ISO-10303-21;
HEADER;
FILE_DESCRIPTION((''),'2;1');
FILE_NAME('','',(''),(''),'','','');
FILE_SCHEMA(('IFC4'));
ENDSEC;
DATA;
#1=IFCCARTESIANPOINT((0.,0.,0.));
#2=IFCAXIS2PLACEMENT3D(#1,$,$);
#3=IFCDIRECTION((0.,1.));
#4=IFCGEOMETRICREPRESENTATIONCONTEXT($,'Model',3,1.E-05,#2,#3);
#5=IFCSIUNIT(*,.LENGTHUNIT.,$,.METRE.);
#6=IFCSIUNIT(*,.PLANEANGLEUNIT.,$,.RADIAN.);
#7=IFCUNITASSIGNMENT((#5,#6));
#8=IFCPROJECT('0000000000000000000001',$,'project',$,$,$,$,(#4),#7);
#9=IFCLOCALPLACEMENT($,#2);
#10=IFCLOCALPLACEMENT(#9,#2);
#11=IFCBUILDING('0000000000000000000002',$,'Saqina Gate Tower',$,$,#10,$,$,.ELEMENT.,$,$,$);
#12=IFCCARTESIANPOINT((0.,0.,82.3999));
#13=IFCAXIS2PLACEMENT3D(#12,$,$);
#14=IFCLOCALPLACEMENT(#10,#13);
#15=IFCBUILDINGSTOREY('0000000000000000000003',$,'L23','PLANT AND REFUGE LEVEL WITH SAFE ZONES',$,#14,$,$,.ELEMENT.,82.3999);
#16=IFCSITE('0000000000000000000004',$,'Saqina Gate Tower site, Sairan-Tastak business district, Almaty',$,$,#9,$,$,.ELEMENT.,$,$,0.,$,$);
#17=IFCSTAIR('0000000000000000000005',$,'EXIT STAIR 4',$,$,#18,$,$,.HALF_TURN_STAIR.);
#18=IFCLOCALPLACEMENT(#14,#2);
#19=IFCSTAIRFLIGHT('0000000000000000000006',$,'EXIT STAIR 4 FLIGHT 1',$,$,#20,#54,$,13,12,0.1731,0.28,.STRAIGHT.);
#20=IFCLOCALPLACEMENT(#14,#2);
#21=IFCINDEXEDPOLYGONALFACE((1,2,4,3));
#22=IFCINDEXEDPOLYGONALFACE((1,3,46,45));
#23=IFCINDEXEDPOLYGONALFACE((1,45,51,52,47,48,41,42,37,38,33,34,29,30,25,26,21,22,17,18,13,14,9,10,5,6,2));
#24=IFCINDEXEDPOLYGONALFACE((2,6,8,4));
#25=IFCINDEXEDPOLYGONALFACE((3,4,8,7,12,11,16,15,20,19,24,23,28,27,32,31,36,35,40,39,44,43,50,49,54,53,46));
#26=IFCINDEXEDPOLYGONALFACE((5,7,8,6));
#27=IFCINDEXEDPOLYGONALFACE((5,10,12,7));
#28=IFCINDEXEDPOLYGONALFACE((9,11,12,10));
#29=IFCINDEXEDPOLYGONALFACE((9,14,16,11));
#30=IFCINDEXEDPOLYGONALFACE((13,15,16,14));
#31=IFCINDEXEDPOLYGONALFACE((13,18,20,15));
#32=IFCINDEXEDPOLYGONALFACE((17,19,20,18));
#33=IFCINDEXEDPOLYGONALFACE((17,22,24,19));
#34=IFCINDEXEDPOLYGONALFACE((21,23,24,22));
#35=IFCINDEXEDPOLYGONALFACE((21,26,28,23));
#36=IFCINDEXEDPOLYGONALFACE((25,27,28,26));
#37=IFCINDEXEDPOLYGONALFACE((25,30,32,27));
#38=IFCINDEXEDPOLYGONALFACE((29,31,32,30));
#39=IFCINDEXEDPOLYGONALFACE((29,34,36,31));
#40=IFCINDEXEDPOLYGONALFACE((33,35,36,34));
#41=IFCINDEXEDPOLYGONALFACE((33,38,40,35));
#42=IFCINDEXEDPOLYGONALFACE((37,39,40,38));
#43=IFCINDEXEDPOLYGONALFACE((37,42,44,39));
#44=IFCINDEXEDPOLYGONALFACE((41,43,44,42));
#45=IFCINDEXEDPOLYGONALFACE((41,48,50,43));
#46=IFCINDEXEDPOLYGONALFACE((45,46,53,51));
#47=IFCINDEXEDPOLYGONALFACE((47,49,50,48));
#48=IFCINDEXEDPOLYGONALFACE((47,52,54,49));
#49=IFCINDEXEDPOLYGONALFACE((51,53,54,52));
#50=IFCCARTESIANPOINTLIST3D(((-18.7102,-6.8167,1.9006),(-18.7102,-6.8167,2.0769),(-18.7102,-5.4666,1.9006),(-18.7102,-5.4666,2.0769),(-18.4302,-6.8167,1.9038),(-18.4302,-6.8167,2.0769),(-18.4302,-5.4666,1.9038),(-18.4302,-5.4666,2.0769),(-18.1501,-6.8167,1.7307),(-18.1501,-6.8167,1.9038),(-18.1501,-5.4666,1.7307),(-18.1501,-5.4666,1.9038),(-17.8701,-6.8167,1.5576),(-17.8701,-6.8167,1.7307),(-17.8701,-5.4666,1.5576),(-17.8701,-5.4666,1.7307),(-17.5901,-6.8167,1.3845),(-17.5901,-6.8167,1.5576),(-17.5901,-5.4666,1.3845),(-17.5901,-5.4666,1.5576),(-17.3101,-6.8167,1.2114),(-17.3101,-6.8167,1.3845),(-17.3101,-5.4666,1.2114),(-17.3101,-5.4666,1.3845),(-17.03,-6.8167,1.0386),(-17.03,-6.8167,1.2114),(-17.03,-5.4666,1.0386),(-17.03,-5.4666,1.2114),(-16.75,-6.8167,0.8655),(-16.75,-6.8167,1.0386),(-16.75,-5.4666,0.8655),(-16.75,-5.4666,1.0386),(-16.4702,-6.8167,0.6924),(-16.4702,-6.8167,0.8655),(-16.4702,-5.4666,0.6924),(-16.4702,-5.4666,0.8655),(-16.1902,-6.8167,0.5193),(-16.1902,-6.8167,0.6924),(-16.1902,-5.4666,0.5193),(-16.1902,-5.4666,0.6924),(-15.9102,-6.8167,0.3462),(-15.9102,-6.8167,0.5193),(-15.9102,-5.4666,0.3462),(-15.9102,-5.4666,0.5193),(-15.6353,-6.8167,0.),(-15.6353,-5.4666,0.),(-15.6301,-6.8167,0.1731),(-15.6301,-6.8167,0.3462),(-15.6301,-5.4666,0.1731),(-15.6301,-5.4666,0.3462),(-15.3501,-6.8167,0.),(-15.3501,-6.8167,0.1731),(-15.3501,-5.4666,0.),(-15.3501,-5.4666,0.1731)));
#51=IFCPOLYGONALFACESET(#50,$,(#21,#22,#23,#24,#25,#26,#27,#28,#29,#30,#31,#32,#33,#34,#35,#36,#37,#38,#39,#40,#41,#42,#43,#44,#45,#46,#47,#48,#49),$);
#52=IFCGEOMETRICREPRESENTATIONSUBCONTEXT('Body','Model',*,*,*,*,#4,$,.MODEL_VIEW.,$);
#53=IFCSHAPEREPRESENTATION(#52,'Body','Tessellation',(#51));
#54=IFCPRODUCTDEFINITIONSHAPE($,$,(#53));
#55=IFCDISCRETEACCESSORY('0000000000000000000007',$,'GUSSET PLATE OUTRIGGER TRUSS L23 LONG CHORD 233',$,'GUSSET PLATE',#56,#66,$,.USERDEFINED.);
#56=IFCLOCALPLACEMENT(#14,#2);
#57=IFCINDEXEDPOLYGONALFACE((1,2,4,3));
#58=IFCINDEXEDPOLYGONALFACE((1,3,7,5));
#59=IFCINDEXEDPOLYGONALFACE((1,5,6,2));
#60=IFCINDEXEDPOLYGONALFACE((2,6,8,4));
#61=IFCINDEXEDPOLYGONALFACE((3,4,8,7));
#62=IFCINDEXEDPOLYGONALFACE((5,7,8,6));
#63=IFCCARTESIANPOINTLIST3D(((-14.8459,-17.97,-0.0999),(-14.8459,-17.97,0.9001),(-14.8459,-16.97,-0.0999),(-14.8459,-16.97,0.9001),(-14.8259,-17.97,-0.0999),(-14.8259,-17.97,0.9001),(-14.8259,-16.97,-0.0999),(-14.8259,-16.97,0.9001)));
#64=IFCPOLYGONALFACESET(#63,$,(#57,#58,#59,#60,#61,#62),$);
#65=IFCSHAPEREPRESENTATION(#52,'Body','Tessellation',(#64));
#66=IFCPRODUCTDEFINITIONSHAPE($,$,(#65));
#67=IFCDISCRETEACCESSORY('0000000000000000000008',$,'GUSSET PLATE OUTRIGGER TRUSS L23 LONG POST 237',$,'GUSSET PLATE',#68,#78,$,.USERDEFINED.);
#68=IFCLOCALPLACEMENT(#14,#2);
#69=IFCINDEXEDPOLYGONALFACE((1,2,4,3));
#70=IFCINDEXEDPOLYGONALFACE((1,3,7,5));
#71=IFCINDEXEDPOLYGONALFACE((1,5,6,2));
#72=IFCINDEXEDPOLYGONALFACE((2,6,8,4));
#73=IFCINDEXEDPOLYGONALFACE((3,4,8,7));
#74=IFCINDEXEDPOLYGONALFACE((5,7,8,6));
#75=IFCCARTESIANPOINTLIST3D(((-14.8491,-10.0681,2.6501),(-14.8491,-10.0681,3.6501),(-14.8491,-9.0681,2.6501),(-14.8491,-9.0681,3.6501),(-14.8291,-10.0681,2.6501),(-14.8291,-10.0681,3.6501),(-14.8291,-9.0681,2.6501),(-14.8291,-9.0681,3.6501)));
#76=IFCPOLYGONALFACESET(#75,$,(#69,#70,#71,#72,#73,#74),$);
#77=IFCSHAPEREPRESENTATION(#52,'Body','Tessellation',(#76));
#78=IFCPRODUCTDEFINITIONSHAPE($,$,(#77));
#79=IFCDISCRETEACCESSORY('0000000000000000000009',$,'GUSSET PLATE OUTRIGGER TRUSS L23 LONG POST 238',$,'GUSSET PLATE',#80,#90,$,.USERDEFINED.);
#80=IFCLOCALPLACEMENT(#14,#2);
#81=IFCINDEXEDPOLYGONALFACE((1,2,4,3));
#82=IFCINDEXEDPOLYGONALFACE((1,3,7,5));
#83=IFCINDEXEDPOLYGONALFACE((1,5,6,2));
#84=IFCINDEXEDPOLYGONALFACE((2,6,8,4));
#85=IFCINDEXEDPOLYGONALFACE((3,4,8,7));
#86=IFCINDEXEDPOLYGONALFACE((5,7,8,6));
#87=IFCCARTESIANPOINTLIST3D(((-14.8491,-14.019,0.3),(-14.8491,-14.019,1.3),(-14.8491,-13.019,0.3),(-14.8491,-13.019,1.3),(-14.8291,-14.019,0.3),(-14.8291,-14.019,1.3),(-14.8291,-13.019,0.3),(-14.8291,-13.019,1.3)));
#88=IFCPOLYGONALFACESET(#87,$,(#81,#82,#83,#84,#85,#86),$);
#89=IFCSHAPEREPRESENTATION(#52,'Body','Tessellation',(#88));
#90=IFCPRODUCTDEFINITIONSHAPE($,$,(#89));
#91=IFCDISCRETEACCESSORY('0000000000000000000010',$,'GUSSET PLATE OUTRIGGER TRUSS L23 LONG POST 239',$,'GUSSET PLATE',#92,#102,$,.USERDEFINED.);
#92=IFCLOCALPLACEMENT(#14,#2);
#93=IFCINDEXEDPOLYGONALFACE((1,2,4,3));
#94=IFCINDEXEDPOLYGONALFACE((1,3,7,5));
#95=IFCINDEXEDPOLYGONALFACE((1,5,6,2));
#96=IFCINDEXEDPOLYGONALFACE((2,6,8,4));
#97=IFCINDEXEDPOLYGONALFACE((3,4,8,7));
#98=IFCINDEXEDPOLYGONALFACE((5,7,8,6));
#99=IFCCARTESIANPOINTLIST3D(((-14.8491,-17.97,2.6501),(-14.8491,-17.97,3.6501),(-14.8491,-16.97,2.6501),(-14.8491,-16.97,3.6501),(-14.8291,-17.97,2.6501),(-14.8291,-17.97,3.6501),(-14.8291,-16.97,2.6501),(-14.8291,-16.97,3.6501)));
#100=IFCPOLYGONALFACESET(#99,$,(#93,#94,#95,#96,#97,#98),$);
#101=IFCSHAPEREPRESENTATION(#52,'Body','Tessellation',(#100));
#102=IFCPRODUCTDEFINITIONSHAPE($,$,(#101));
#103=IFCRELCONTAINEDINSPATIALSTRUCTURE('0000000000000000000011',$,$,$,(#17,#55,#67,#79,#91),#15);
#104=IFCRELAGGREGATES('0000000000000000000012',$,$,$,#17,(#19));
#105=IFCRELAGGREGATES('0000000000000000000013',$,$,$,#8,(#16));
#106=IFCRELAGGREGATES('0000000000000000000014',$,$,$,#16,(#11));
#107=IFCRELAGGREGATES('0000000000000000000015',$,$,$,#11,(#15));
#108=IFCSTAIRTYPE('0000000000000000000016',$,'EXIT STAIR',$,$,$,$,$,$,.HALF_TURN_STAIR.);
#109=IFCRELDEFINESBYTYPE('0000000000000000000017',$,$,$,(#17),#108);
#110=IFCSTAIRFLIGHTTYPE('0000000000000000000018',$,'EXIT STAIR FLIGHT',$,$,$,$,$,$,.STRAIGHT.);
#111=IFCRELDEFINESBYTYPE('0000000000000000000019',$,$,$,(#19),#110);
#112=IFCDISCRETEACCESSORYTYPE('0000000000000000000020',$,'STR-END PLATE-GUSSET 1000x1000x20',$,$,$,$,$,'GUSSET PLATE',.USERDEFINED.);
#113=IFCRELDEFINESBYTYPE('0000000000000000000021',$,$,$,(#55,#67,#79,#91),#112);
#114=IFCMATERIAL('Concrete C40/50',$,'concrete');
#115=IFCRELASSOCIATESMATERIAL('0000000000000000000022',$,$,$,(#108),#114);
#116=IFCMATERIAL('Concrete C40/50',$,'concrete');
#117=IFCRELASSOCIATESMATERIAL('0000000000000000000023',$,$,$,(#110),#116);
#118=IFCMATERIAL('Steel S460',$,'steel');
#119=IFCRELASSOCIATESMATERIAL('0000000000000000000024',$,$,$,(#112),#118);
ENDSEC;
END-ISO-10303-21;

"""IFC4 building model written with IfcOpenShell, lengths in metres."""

from ifc_helpers import new_model, si_unit, direction, frame, origin, origin_2d, place, context, subcontext, project, spatial, polyline, rectangle, outline, extrude, material, material_profile, profile_set, type_object, element, aggregate, save


model = new_model("IFC4")

# Units and contexts
model_context = context("Model", 3, precision=1e-05, world=origin(), true_north=direction((0.0, 1.0)))
body_context = subcontext(model_context, "Body", "Model", "MODEL_VIEW")
ifc_project = project(units=[si_unit("LENGTHUNIT", "METRE"), si_unit("PLANEANGLEUNIT", "RADIAN")], contexts=[model_context])

# Site, building, storey
site_placement = place(None, origin())
site = spatial("IfcSite", under=ifc_project, at=site_placement, Name="Saqina Gate Tower site, Sairan-Tastak business district, Almaty", CompositionType="ELEMENT", RefElevation=0.0)
building_placement = place(site_placement, origin())
building = spatial("IfcBuilding", under=site, at=building_placement, Name="Saqina Gate Tower", CompositionType="ELEMENT")
storey_placement = place(building_placement, frame((0.0, 0.0, 82.3999)))
storey = spatial("IfcBuildingStorey", under=building, at=storey_placement, Name="L23", Description="PLANT AND REFUGE LEVEL WITH SAFE ZONES", CompositionType="ELEMENT", Elevation=82.3999)

# Stair, stair flight
ifc_material_1 = material(Name="Concrete C40/50", Category="concrete")
stair_type = type_object("IfcStairType", Name="EXIT STAIR", PredefinedType="HALF_TURN_STAIR", material=ifc_material_1)
stair_placement = place(storey_placement, origin())
stair = element("IfcStair", 1, at=stair_placement, inside=storey, type_object=stair_type, Name="EXIT STAIR 4", PredefinedType="HALF_TURN_STAIR")
ifc_material_2 = material(Name="Concrete C40/50", Category="concrete")
stair_flight_type = type_object("IfcStairFlightType", Name="EXIT STAIR FLIGHT", PredefinedType="STRAIGHT", material=ifc_material_2)
stair_flight_placement = place(storey_placement, frame((-15.3501, -6.1416, 0.0), z_axis=(0.0, 0.0, 1.0), x_axis=(-1.0, 0.0, 0.0)))
stair_flight = element("IfcStairFlight", 2, at=stair_flight_placement, type_object=stair_flight_type, Name="EXIT STAIR 4 FLIGHT 1", NumberOfRisers=13, NumberOfTreads=12, PredefinedType="STRAIGHT", RiserHeight=0.1731, TreadLength=0.28, context=body_context, shape_type="SweptSolid", body=[
    extrude(outline(polyline([(0.0, 0.0), (0.0, 0.1731), (0.28, 0.1731), (0.28, 0.3462), (0.5601, 0.3462), (0.5601, 0.5193), (0.8401, 0.5193), (0.8401, 0.6924), (1.1201, 0.6924), (1.1201, 0.8655), (1.3999, 0.8655), (1.3999, 1.0386), (1.6799, 1.0386), (1.6799, 1.2114), (1.96, 1.2114), (1.96, 1.3845), (2.24, 1.3845), (2.24, 1.5576), (2.52, 1.5576), (2.52, 1.7307), (2.8, 1.7307), (2.8, 1.9038), (3.0801, 1.9038), (3.0801, 2.0769), (3.3601, 2.0769), (3.3601, 2.25), (3.3601, 1.9006), (0.2852, 0.0), (0.0, 0.0)])), frame((0.0, 0.675, 0.0), z_axis=(0.0, -1.0, 0.0), x_axis=(1.0, 0.0, 0.0)), (0.0, 0.0, 1.0), 1.3501),
])
aggregate(stair, [stair_flight])

# Discrete accessories
ifc_material_3 = material(Name="Steel S460", Category="steel")
ifc_material_profile_1 = material_profile(ifc_material_3, rectangle(XDim=1.0, YDim=1.0, at=origin_2d()), Name="STR-END PLATE-GUSSET 1000x1000x20")
ifc_profile_set_1 = profile_set([ifc_material_profile_1], Name="Steel S460")
discrete_accessory_type = type_object("IfcDiscreteAccessoryType", Name="STR-END PLATE-GUSSET 1000x1000x20", ElementType="GUSSET PLATE", PredefinedType="USERDEFINED", material=ifc_profile_set_1)
for number, where, z_axis, x_axis, name in (
    (3, (-14.8459, -17.47, 0.4001), (1.0, 0.0, 0.0), (0.0, 1.0, 0.0), "GUSSET PLATE OUTRIGGER TRUSS L23 LONG CHORD 233"),
    (4, (-14.8491, -9.5681, 3.1501), (1.0, 0.0, 0.0), (0.0, 1.0, 0.0), "GUSSET PLATE OUTRIGGER TRUSS L23 LONG POST 237"),
    (5, (-14.8491, -13.519, 0.8), (1.0, 0.0, 0.0), (0.0, 1.0, 0.0), "GUSSET PLATE OUTRIGGER TRUSS L23 LONG POST 238"),
    (6, (-14.8491, -17.47, 3.1501), (1.0, 0.0, 0.0), (0.0, 1.0, 0.0), "GUSSET PLATE OUTRIGGER TRUSS L23 LONG POST 239"),
):
    element("IfcDiscreteAccessory", number, at=place(storey_placement, frame(where, z_axis=z_axis, x_axis=x_axis)), inside=storey, type_object=discrete_accessory_type, Name=name, ObjectType="GUSSET PLATE", PredefinedType="USERDEFINED", context=body_context, shape_type="SweptSolid", body=[
        extrude(rectangle(XDim=1.0, YDim=1.0, at=origin_2d()), origin(), (0.0, 0.0, 1.0), 0.02),
    ])

save(model, "model.ifc")
